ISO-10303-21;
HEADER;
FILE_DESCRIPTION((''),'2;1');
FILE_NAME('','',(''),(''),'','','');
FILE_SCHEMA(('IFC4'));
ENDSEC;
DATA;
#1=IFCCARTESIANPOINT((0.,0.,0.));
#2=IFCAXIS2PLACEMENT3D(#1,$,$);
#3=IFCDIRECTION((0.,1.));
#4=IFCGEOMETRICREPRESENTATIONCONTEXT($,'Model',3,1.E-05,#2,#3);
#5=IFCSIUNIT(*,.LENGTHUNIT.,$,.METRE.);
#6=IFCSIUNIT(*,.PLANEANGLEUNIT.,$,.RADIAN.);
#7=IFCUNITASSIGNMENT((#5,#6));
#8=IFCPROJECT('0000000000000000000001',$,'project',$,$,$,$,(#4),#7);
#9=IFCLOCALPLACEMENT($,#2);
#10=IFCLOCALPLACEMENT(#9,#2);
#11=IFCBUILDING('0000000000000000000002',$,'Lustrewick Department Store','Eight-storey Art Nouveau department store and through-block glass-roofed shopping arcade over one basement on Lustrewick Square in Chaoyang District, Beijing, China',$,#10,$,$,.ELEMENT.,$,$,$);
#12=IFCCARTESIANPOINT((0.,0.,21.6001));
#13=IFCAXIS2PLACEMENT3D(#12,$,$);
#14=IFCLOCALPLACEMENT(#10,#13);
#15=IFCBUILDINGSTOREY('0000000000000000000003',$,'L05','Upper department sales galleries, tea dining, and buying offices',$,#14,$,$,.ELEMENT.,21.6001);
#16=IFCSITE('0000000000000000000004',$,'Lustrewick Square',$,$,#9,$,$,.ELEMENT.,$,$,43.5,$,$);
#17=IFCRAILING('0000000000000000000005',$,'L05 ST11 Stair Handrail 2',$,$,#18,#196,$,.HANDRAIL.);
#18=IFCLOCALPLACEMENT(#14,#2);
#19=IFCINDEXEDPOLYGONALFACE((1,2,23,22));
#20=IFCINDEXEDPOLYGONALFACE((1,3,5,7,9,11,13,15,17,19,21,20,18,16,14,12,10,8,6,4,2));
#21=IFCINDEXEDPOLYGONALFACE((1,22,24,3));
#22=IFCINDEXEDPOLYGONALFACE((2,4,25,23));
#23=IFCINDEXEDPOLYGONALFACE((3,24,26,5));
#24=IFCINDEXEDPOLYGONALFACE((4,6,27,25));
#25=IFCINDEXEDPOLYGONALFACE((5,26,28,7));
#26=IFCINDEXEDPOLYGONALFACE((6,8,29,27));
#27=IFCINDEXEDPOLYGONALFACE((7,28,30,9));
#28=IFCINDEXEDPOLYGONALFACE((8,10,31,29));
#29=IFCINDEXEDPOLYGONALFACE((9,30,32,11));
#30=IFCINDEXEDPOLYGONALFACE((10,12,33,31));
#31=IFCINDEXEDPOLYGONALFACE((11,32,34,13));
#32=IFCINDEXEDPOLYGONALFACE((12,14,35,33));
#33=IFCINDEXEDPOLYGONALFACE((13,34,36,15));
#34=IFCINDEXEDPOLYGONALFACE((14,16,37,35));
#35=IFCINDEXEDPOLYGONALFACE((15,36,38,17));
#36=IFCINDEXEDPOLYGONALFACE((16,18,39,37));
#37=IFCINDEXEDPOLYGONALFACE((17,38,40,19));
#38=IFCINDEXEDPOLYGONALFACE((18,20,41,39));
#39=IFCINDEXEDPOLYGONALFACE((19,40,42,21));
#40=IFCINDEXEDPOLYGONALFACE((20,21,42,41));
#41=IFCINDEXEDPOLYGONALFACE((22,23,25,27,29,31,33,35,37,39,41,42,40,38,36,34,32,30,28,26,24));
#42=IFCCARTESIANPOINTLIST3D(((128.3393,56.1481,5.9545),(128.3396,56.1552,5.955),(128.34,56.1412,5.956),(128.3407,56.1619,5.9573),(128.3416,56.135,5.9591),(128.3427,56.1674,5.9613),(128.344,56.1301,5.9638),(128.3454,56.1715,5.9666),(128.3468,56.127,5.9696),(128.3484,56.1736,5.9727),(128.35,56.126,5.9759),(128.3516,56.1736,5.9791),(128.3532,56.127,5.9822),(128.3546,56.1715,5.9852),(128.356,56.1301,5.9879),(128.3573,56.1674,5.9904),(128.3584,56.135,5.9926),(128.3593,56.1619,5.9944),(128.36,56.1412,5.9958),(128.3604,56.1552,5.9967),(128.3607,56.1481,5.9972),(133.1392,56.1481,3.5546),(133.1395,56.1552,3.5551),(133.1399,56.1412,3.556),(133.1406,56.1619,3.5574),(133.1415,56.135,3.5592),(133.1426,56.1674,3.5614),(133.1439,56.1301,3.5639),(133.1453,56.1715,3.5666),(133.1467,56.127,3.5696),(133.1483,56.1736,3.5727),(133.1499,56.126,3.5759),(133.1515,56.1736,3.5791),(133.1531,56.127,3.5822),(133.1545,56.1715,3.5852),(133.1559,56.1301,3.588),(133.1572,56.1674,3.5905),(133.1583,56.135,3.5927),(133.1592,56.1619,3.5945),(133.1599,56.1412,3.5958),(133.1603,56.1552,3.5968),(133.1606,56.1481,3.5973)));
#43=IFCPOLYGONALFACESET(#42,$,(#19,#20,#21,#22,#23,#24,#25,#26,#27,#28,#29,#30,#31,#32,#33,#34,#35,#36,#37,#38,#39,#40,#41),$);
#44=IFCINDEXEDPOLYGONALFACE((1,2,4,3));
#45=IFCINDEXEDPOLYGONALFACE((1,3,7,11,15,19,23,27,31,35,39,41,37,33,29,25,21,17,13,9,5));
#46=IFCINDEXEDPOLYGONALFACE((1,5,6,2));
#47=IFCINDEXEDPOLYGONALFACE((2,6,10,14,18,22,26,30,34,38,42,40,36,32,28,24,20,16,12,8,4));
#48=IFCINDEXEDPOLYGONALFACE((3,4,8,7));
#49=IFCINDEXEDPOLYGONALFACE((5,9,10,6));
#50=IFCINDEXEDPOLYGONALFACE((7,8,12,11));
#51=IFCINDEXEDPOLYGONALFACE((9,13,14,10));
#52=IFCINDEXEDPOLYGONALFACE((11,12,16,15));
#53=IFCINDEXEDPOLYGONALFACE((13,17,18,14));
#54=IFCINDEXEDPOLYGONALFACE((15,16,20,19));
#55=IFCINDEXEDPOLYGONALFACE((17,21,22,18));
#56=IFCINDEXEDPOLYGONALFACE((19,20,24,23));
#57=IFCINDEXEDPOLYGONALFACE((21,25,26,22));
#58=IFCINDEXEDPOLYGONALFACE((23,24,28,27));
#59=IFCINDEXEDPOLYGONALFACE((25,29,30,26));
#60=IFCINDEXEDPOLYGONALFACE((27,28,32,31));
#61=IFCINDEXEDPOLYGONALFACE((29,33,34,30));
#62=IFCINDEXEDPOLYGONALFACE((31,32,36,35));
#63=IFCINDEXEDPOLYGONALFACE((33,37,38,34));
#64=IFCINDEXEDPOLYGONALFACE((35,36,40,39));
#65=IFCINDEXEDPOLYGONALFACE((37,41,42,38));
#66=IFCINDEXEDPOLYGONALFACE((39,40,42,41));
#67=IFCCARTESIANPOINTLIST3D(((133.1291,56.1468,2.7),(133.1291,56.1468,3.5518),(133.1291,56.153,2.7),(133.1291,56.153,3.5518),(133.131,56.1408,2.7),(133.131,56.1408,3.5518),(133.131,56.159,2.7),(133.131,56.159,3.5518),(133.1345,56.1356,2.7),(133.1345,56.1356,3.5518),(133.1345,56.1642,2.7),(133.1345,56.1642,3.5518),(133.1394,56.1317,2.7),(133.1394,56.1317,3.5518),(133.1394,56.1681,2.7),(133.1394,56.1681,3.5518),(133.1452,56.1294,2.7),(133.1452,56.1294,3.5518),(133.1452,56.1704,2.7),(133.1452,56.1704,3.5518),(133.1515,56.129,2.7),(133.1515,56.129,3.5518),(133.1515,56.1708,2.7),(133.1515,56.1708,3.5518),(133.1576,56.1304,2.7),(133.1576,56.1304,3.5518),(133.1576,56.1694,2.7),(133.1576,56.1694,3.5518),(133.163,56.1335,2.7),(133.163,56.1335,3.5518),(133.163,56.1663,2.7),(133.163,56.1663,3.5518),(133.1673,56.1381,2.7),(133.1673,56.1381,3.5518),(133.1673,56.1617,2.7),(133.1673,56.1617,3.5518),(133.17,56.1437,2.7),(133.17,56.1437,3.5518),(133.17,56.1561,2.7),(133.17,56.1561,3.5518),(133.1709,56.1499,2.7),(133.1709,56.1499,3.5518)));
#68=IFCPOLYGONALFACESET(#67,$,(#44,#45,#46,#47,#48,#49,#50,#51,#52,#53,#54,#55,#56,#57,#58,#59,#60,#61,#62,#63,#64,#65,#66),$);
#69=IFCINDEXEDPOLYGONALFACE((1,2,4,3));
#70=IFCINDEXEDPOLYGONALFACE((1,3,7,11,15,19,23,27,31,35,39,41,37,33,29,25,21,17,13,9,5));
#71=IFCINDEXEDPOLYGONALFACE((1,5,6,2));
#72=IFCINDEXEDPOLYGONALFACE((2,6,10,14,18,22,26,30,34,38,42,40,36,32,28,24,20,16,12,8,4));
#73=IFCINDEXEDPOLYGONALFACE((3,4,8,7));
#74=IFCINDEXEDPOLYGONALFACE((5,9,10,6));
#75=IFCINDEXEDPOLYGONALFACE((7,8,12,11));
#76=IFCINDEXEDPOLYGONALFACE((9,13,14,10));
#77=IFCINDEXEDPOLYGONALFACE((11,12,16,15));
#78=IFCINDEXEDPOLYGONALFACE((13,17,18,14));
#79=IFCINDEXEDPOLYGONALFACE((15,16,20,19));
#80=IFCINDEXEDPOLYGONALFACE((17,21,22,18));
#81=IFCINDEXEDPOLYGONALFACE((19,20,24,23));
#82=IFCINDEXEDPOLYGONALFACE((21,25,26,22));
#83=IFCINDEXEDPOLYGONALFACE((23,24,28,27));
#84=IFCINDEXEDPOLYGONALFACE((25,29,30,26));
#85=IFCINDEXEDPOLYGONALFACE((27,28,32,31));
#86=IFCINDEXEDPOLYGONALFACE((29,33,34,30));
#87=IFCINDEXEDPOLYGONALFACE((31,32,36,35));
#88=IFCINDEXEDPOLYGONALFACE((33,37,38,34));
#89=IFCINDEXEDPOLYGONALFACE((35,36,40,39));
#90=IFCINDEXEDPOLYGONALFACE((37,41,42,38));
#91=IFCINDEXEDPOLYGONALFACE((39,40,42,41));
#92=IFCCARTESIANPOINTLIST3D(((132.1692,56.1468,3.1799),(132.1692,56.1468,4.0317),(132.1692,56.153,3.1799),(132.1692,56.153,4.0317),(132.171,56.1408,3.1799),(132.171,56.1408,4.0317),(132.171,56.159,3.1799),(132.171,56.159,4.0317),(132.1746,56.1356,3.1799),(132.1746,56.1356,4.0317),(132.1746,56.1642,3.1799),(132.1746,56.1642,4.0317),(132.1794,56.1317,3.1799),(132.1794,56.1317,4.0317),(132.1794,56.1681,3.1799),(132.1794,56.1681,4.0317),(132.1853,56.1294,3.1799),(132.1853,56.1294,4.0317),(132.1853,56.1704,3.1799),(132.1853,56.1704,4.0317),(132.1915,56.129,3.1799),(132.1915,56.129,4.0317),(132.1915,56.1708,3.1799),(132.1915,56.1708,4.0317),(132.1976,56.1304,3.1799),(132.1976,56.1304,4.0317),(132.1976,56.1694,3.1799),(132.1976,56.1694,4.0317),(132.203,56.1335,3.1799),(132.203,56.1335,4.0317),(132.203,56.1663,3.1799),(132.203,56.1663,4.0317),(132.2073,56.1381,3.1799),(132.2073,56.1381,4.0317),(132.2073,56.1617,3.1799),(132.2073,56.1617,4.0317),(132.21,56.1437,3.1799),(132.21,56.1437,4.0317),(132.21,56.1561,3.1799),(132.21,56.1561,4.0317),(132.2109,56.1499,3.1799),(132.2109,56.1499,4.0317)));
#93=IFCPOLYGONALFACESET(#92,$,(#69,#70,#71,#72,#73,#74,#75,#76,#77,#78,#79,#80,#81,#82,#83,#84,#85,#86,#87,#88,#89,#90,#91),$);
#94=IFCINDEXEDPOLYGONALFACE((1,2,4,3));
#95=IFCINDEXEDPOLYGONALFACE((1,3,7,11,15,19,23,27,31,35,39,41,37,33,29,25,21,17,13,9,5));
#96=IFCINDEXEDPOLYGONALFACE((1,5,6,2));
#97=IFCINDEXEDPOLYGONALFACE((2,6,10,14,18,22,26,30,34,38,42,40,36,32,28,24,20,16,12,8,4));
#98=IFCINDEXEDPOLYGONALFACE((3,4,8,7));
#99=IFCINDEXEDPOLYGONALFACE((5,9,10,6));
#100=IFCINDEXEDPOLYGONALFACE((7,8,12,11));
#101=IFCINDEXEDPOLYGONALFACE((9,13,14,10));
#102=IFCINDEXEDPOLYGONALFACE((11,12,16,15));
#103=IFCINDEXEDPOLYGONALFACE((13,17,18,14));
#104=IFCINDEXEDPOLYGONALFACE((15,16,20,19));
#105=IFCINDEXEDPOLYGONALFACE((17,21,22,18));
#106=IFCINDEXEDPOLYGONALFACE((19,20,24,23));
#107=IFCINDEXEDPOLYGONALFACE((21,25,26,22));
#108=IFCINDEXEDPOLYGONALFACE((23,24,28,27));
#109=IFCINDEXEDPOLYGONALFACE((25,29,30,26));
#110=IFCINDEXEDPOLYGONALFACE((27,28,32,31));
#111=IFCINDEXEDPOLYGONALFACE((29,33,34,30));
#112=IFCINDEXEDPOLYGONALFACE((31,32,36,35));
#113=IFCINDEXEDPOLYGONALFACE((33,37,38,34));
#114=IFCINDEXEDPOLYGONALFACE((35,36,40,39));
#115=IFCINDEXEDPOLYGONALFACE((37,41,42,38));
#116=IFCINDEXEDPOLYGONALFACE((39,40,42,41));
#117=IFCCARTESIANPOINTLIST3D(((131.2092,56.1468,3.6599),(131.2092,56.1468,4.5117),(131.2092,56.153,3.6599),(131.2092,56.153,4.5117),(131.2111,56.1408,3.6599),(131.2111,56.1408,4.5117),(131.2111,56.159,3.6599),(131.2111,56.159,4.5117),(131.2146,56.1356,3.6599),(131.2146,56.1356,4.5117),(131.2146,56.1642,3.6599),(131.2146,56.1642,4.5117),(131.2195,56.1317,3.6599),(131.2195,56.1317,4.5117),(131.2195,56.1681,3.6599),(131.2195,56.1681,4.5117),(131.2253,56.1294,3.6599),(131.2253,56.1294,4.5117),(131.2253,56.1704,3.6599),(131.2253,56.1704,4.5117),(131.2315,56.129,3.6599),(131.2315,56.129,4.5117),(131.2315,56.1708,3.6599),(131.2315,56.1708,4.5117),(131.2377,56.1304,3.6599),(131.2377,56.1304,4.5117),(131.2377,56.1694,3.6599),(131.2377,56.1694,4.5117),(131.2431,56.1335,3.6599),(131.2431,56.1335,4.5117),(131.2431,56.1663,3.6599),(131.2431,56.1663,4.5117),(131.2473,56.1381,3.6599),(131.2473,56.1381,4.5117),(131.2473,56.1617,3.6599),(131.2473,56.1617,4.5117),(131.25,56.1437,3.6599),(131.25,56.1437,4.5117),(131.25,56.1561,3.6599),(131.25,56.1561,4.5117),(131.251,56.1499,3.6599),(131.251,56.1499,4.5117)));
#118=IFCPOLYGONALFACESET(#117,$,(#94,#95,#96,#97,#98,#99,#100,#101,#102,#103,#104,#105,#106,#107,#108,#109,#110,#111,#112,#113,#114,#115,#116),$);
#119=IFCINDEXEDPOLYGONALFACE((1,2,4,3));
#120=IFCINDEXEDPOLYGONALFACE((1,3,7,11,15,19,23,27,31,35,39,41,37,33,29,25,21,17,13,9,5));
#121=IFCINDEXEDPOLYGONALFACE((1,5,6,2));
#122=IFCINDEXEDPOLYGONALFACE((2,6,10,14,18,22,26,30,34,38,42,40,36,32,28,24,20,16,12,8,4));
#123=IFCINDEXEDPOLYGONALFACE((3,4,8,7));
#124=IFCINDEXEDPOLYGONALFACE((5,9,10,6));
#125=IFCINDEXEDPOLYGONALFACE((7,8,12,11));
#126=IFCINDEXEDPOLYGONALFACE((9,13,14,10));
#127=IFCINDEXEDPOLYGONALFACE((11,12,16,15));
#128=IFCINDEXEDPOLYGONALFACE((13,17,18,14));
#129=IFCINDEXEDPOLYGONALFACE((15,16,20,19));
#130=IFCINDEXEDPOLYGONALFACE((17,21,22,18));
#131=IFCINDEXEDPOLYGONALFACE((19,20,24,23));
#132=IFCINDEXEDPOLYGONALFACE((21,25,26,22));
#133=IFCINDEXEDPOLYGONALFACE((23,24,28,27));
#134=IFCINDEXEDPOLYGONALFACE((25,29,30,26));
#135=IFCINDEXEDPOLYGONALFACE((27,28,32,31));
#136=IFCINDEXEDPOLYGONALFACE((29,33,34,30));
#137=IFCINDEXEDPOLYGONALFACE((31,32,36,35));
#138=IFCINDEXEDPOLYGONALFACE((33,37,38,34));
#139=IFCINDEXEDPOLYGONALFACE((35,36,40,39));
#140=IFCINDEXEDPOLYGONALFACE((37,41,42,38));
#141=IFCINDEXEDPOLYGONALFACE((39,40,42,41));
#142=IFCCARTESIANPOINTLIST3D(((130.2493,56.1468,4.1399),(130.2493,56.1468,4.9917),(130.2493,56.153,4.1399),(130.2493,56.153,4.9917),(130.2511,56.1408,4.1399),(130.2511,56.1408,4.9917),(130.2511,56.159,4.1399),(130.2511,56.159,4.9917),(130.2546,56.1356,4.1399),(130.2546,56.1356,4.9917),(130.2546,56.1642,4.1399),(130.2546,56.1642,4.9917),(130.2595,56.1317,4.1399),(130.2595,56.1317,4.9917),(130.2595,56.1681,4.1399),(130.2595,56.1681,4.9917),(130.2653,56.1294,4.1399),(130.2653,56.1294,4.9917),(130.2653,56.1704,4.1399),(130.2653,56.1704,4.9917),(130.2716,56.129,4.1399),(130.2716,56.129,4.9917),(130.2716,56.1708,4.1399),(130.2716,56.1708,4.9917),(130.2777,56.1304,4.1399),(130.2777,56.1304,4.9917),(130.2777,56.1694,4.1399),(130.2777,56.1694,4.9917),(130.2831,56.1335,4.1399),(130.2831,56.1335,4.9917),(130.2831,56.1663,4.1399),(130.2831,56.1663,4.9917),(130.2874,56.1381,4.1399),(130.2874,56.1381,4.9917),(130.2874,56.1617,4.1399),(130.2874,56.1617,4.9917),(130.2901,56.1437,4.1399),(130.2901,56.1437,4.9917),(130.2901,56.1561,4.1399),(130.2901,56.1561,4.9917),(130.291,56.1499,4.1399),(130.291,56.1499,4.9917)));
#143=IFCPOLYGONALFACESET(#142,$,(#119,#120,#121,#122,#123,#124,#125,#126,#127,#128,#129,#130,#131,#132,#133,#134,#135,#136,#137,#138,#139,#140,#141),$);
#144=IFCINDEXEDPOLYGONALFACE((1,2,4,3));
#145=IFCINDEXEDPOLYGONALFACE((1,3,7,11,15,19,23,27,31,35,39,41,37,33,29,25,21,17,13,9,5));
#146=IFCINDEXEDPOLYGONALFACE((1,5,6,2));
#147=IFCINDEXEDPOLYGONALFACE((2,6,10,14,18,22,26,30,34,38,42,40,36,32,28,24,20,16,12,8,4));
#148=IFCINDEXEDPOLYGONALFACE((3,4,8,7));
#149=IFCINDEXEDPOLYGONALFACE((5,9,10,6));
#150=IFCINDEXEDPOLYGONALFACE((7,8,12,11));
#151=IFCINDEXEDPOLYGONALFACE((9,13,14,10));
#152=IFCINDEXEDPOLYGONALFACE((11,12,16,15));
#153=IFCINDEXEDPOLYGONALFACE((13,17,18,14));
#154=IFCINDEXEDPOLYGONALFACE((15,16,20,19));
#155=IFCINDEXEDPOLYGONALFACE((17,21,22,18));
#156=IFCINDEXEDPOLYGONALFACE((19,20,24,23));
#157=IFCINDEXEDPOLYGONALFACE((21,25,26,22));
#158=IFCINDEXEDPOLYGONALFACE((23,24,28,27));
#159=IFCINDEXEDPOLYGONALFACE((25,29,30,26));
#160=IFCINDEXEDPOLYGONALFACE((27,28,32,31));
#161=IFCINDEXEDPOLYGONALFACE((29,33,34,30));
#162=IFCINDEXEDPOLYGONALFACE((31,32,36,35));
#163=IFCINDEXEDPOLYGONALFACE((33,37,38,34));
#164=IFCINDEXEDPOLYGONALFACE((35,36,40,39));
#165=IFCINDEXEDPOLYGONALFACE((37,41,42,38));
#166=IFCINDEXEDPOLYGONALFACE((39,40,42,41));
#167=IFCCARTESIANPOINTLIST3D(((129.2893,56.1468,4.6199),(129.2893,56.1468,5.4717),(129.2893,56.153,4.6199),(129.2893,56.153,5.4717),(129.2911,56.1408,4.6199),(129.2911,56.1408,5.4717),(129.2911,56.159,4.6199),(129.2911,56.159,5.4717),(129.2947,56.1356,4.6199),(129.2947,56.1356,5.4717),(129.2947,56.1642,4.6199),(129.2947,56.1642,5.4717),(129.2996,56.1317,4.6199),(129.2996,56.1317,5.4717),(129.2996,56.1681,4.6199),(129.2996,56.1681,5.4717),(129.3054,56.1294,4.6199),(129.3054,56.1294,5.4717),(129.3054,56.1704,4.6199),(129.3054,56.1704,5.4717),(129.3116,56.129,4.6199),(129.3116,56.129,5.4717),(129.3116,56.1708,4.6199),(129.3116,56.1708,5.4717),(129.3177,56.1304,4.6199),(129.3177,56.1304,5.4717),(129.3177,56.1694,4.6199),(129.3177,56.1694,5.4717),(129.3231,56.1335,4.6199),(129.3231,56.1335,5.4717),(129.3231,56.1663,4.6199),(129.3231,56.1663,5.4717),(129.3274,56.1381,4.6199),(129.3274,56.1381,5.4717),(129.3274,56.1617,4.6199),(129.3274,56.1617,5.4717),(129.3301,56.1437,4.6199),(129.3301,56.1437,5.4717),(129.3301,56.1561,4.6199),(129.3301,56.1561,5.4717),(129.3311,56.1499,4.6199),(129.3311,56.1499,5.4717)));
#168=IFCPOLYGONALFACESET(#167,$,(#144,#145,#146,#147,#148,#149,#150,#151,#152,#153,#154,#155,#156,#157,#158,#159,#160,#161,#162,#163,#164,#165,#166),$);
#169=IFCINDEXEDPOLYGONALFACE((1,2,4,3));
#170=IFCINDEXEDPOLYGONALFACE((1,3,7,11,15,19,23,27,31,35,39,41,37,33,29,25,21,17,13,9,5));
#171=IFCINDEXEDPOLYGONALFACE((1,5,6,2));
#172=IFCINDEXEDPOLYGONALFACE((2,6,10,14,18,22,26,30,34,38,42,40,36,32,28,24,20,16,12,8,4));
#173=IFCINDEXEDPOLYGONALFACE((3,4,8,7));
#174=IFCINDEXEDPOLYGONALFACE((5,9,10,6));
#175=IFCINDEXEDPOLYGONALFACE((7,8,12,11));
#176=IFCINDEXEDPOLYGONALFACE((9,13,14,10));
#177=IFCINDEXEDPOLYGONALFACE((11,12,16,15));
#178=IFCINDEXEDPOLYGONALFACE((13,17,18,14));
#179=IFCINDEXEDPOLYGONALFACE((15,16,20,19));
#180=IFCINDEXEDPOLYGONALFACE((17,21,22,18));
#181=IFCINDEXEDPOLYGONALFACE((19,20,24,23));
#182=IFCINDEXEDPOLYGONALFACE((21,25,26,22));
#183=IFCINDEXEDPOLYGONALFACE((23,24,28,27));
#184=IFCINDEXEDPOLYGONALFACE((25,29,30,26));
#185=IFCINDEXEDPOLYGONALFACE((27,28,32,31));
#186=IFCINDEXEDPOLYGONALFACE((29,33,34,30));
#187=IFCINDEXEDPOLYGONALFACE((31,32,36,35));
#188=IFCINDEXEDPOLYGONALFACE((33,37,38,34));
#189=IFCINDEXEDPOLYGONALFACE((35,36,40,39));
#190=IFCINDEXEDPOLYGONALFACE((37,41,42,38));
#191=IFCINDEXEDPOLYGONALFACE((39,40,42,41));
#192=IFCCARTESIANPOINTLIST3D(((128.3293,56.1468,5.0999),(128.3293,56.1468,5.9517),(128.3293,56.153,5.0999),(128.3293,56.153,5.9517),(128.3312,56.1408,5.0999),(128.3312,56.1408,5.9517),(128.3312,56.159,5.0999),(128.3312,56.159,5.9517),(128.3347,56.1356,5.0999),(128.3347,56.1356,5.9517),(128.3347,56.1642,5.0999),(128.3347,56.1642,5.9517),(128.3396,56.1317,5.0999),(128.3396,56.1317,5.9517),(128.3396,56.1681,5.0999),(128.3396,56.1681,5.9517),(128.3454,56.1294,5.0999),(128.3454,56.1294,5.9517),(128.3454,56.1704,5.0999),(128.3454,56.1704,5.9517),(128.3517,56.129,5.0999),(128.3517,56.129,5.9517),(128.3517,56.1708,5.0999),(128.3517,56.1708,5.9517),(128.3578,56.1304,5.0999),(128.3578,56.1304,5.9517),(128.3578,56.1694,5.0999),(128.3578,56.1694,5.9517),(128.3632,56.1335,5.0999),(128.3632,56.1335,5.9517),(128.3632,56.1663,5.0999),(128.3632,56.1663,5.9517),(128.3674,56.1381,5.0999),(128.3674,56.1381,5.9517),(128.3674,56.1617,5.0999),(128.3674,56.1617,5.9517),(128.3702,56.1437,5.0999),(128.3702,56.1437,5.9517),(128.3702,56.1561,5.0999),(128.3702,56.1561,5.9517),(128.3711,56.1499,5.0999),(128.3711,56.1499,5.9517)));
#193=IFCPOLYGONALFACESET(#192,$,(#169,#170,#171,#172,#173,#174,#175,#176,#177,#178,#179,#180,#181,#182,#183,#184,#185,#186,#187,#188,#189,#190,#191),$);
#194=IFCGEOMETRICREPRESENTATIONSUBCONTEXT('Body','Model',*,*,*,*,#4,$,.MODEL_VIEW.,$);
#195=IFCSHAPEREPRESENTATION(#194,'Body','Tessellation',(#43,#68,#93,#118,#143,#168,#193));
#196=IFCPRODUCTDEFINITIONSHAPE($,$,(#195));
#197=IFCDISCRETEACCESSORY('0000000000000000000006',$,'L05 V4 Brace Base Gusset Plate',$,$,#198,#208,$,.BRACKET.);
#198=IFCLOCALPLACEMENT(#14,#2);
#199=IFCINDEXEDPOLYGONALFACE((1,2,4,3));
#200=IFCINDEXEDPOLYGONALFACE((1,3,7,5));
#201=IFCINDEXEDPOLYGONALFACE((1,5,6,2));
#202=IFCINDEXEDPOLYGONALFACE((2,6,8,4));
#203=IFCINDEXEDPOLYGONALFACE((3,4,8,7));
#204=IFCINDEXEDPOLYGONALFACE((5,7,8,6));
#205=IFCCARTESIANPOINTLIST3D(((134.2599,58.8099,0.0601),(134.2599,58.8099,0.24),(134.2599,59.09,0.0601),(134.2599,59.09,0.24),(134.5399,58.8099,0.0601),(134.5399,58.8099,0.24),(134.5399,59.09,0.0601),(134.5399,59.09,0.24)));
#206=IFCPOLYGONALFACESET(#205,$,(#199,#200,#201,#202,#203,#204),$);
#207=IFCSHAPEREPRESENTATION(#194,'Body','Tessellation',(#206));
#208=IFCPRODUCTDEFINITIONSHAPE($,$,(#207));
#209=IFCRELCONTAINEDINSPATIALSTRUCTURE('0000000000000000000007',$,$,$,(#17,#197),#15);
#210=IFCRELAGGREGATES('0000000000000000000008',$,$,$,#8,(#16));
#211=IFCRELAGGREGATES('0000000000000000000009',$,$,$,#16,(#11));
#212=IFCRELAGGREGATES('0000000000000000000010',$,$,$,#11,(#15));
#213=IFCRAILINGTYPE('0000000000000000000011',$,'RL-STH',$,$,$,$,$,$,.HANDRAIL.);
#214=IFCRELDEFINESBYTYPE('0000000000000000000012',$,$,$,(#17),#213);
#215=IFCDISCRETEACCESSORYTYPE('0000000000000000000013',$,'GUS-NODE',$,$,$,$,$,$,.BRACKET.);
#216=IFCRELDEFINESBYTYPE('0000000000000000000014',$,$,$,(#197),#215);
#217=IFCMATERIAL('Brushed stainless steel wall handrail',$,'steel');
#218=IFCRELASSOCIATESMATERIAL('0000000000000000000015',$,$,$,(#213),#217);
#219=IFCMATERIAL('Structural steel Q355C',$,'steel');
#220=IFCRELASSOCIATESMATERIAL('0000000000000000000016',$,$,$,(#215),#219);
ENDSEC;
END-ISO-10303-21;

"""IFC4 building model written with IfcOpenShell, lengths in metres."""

from ifc_helpers import new_model, si_unit, direction, frame, origin, origin_2d, place, context, subcontext, project, spatial, rectangle, circle, extrude, material, type_object, element, save


model = new_model("IFC4")

# Units and contexts
model_context = context("Model", 3, precision=1e-05, world=origin(), true_north=direction((0.0, 1.0)))
body_context = subcontext(model_context, "Body", "Model", "MODEL_VIEW")
ifc_project = project(units=[si_unit("LENGTHUNIT", "METRE"), si_unit("PLANEANGLEUNIT", "RADIAN")], contexts=[model_context])

# Site, building, storey
site_placement = place(None, origin())
site = spatial("IfcSite", under=ifc_project, at=site_placement, Name="Lustrewick Square", CompositionType="ELEMENT", RefElevation=43.5)
building_placement = place(site_placement, origin())
building = spatial("IfcBuilding", under=site, at=building_placement, Name="Lustrewick Department Store", Description="Eight-storey Art Nouveau department store and through-block glass-roofed shopping arcade over one basement on Lustrewick Square in Chaoyang District, Beijing, China", CompositionType="ELEMENT")
storey_placement = place(building_placement, frame((0.0, 0.0, 21.6001)))
storey = spatial("IfcBuildingStorey", under=building, at=storey_placement, Name="L05", Description="Upper department sales galleries, tea dining, and buying offices", CompositionType="ELEMENT", Elevation=21.6001)

# Shared definitions
ifc_material_1 = material(Name="Structural steel Q355C", Category="steel")

# Railing
ifc_material_2 = material(Name="Brushed stainless steel wall handrail", Category="steel")
railing_type = type_object("IfcRailingType", Name="RL-STH", PredefinedType="HANDRAIL", material=ifc_material_2)
railing_placement = place(storey_placement, frame((133.1499, 56.1499, 2.7)))
element("IfcRailing", 1, at=railing_placement, inside=storey, type_object=railing_type, Name="L05 ST11 Stair Handrail 2", PredefinedType="HANDRAIL", context=body_context, shape_type="SweptSolid", body=[
    extrude(circle(Radius=0.0239, at=origin_2d()), frame((0.0, 0.0, 0.876), z_axis=(-0.894427, 0.0, 0.447214), x_axis=(0.0, -1.0, 0.0)), (0.0, 0.0, 1.0), 5.3665),
    extrude(circle(Radius=0.021, at=origin_2d()), origin(), (0.0, 0.0, 1.0), 0.8518),
    extrude(circle(Radius=0.021, at=origin_2d()), frame((-0.96, 0.0, 0.48)), (0.0, 0.0, 1.0), 0.8518),
    extrude(circle(Radius=0.021, at=origin_2d()), frame((-1.9199, 0.0, 0.96)), (0.0, 0.0, 1.0), 0.8518),
    extrude(circle(Radius=0.021, at=origin_2d()), frame((-2.8799, 0.0, 1.4399)), (0.0, 0.0, 1.0), 0.8518),
    extrude(circle(Radius=0.021, at=origin_2d()), frame((-3.8398, 0.0, 1.9199)), (0.0, 0.0, 1.0), 0.8518),
    extrude(circle(Radius=0.021, at=origin_2d()), frame((-4.7998, 0.0, 2.3999)), (0.0, 0.0, 1.0), 0.8518),
])

# Discrete accessory
discrete_accessory_type = type_object("IfcDiscreteAccessoryType", Name="GUS-NODE", PredefinedType="BRACKET", material=ifc_material_1)
for number, where, z_axis, x_axis, name in (
    (2, (134.3999, 58.95, 0.0601), (0.0, 0.0, 1.0), (1.0, 0.0, 0.0), "L05 V4 Brace Base Gusset Plate"),
):
    element("IfcDiscreteAccessory", number, at=place(storey_placement, frame(where, z_axis=z_axis, x_axis=x_axis)), inside=storey, type_object=discrete_accessory_type, Name=name, PredefinedType="BRACKET", context=body_context, shape_type="SweptSolid", body=[
        extrude(rectangle(XDim=0.28, YDim=0.28, at=origin_2d()), origin(), (0.0, 0.0, 1.0), 0.1799),
    ])

save(model, "model.ifc")
